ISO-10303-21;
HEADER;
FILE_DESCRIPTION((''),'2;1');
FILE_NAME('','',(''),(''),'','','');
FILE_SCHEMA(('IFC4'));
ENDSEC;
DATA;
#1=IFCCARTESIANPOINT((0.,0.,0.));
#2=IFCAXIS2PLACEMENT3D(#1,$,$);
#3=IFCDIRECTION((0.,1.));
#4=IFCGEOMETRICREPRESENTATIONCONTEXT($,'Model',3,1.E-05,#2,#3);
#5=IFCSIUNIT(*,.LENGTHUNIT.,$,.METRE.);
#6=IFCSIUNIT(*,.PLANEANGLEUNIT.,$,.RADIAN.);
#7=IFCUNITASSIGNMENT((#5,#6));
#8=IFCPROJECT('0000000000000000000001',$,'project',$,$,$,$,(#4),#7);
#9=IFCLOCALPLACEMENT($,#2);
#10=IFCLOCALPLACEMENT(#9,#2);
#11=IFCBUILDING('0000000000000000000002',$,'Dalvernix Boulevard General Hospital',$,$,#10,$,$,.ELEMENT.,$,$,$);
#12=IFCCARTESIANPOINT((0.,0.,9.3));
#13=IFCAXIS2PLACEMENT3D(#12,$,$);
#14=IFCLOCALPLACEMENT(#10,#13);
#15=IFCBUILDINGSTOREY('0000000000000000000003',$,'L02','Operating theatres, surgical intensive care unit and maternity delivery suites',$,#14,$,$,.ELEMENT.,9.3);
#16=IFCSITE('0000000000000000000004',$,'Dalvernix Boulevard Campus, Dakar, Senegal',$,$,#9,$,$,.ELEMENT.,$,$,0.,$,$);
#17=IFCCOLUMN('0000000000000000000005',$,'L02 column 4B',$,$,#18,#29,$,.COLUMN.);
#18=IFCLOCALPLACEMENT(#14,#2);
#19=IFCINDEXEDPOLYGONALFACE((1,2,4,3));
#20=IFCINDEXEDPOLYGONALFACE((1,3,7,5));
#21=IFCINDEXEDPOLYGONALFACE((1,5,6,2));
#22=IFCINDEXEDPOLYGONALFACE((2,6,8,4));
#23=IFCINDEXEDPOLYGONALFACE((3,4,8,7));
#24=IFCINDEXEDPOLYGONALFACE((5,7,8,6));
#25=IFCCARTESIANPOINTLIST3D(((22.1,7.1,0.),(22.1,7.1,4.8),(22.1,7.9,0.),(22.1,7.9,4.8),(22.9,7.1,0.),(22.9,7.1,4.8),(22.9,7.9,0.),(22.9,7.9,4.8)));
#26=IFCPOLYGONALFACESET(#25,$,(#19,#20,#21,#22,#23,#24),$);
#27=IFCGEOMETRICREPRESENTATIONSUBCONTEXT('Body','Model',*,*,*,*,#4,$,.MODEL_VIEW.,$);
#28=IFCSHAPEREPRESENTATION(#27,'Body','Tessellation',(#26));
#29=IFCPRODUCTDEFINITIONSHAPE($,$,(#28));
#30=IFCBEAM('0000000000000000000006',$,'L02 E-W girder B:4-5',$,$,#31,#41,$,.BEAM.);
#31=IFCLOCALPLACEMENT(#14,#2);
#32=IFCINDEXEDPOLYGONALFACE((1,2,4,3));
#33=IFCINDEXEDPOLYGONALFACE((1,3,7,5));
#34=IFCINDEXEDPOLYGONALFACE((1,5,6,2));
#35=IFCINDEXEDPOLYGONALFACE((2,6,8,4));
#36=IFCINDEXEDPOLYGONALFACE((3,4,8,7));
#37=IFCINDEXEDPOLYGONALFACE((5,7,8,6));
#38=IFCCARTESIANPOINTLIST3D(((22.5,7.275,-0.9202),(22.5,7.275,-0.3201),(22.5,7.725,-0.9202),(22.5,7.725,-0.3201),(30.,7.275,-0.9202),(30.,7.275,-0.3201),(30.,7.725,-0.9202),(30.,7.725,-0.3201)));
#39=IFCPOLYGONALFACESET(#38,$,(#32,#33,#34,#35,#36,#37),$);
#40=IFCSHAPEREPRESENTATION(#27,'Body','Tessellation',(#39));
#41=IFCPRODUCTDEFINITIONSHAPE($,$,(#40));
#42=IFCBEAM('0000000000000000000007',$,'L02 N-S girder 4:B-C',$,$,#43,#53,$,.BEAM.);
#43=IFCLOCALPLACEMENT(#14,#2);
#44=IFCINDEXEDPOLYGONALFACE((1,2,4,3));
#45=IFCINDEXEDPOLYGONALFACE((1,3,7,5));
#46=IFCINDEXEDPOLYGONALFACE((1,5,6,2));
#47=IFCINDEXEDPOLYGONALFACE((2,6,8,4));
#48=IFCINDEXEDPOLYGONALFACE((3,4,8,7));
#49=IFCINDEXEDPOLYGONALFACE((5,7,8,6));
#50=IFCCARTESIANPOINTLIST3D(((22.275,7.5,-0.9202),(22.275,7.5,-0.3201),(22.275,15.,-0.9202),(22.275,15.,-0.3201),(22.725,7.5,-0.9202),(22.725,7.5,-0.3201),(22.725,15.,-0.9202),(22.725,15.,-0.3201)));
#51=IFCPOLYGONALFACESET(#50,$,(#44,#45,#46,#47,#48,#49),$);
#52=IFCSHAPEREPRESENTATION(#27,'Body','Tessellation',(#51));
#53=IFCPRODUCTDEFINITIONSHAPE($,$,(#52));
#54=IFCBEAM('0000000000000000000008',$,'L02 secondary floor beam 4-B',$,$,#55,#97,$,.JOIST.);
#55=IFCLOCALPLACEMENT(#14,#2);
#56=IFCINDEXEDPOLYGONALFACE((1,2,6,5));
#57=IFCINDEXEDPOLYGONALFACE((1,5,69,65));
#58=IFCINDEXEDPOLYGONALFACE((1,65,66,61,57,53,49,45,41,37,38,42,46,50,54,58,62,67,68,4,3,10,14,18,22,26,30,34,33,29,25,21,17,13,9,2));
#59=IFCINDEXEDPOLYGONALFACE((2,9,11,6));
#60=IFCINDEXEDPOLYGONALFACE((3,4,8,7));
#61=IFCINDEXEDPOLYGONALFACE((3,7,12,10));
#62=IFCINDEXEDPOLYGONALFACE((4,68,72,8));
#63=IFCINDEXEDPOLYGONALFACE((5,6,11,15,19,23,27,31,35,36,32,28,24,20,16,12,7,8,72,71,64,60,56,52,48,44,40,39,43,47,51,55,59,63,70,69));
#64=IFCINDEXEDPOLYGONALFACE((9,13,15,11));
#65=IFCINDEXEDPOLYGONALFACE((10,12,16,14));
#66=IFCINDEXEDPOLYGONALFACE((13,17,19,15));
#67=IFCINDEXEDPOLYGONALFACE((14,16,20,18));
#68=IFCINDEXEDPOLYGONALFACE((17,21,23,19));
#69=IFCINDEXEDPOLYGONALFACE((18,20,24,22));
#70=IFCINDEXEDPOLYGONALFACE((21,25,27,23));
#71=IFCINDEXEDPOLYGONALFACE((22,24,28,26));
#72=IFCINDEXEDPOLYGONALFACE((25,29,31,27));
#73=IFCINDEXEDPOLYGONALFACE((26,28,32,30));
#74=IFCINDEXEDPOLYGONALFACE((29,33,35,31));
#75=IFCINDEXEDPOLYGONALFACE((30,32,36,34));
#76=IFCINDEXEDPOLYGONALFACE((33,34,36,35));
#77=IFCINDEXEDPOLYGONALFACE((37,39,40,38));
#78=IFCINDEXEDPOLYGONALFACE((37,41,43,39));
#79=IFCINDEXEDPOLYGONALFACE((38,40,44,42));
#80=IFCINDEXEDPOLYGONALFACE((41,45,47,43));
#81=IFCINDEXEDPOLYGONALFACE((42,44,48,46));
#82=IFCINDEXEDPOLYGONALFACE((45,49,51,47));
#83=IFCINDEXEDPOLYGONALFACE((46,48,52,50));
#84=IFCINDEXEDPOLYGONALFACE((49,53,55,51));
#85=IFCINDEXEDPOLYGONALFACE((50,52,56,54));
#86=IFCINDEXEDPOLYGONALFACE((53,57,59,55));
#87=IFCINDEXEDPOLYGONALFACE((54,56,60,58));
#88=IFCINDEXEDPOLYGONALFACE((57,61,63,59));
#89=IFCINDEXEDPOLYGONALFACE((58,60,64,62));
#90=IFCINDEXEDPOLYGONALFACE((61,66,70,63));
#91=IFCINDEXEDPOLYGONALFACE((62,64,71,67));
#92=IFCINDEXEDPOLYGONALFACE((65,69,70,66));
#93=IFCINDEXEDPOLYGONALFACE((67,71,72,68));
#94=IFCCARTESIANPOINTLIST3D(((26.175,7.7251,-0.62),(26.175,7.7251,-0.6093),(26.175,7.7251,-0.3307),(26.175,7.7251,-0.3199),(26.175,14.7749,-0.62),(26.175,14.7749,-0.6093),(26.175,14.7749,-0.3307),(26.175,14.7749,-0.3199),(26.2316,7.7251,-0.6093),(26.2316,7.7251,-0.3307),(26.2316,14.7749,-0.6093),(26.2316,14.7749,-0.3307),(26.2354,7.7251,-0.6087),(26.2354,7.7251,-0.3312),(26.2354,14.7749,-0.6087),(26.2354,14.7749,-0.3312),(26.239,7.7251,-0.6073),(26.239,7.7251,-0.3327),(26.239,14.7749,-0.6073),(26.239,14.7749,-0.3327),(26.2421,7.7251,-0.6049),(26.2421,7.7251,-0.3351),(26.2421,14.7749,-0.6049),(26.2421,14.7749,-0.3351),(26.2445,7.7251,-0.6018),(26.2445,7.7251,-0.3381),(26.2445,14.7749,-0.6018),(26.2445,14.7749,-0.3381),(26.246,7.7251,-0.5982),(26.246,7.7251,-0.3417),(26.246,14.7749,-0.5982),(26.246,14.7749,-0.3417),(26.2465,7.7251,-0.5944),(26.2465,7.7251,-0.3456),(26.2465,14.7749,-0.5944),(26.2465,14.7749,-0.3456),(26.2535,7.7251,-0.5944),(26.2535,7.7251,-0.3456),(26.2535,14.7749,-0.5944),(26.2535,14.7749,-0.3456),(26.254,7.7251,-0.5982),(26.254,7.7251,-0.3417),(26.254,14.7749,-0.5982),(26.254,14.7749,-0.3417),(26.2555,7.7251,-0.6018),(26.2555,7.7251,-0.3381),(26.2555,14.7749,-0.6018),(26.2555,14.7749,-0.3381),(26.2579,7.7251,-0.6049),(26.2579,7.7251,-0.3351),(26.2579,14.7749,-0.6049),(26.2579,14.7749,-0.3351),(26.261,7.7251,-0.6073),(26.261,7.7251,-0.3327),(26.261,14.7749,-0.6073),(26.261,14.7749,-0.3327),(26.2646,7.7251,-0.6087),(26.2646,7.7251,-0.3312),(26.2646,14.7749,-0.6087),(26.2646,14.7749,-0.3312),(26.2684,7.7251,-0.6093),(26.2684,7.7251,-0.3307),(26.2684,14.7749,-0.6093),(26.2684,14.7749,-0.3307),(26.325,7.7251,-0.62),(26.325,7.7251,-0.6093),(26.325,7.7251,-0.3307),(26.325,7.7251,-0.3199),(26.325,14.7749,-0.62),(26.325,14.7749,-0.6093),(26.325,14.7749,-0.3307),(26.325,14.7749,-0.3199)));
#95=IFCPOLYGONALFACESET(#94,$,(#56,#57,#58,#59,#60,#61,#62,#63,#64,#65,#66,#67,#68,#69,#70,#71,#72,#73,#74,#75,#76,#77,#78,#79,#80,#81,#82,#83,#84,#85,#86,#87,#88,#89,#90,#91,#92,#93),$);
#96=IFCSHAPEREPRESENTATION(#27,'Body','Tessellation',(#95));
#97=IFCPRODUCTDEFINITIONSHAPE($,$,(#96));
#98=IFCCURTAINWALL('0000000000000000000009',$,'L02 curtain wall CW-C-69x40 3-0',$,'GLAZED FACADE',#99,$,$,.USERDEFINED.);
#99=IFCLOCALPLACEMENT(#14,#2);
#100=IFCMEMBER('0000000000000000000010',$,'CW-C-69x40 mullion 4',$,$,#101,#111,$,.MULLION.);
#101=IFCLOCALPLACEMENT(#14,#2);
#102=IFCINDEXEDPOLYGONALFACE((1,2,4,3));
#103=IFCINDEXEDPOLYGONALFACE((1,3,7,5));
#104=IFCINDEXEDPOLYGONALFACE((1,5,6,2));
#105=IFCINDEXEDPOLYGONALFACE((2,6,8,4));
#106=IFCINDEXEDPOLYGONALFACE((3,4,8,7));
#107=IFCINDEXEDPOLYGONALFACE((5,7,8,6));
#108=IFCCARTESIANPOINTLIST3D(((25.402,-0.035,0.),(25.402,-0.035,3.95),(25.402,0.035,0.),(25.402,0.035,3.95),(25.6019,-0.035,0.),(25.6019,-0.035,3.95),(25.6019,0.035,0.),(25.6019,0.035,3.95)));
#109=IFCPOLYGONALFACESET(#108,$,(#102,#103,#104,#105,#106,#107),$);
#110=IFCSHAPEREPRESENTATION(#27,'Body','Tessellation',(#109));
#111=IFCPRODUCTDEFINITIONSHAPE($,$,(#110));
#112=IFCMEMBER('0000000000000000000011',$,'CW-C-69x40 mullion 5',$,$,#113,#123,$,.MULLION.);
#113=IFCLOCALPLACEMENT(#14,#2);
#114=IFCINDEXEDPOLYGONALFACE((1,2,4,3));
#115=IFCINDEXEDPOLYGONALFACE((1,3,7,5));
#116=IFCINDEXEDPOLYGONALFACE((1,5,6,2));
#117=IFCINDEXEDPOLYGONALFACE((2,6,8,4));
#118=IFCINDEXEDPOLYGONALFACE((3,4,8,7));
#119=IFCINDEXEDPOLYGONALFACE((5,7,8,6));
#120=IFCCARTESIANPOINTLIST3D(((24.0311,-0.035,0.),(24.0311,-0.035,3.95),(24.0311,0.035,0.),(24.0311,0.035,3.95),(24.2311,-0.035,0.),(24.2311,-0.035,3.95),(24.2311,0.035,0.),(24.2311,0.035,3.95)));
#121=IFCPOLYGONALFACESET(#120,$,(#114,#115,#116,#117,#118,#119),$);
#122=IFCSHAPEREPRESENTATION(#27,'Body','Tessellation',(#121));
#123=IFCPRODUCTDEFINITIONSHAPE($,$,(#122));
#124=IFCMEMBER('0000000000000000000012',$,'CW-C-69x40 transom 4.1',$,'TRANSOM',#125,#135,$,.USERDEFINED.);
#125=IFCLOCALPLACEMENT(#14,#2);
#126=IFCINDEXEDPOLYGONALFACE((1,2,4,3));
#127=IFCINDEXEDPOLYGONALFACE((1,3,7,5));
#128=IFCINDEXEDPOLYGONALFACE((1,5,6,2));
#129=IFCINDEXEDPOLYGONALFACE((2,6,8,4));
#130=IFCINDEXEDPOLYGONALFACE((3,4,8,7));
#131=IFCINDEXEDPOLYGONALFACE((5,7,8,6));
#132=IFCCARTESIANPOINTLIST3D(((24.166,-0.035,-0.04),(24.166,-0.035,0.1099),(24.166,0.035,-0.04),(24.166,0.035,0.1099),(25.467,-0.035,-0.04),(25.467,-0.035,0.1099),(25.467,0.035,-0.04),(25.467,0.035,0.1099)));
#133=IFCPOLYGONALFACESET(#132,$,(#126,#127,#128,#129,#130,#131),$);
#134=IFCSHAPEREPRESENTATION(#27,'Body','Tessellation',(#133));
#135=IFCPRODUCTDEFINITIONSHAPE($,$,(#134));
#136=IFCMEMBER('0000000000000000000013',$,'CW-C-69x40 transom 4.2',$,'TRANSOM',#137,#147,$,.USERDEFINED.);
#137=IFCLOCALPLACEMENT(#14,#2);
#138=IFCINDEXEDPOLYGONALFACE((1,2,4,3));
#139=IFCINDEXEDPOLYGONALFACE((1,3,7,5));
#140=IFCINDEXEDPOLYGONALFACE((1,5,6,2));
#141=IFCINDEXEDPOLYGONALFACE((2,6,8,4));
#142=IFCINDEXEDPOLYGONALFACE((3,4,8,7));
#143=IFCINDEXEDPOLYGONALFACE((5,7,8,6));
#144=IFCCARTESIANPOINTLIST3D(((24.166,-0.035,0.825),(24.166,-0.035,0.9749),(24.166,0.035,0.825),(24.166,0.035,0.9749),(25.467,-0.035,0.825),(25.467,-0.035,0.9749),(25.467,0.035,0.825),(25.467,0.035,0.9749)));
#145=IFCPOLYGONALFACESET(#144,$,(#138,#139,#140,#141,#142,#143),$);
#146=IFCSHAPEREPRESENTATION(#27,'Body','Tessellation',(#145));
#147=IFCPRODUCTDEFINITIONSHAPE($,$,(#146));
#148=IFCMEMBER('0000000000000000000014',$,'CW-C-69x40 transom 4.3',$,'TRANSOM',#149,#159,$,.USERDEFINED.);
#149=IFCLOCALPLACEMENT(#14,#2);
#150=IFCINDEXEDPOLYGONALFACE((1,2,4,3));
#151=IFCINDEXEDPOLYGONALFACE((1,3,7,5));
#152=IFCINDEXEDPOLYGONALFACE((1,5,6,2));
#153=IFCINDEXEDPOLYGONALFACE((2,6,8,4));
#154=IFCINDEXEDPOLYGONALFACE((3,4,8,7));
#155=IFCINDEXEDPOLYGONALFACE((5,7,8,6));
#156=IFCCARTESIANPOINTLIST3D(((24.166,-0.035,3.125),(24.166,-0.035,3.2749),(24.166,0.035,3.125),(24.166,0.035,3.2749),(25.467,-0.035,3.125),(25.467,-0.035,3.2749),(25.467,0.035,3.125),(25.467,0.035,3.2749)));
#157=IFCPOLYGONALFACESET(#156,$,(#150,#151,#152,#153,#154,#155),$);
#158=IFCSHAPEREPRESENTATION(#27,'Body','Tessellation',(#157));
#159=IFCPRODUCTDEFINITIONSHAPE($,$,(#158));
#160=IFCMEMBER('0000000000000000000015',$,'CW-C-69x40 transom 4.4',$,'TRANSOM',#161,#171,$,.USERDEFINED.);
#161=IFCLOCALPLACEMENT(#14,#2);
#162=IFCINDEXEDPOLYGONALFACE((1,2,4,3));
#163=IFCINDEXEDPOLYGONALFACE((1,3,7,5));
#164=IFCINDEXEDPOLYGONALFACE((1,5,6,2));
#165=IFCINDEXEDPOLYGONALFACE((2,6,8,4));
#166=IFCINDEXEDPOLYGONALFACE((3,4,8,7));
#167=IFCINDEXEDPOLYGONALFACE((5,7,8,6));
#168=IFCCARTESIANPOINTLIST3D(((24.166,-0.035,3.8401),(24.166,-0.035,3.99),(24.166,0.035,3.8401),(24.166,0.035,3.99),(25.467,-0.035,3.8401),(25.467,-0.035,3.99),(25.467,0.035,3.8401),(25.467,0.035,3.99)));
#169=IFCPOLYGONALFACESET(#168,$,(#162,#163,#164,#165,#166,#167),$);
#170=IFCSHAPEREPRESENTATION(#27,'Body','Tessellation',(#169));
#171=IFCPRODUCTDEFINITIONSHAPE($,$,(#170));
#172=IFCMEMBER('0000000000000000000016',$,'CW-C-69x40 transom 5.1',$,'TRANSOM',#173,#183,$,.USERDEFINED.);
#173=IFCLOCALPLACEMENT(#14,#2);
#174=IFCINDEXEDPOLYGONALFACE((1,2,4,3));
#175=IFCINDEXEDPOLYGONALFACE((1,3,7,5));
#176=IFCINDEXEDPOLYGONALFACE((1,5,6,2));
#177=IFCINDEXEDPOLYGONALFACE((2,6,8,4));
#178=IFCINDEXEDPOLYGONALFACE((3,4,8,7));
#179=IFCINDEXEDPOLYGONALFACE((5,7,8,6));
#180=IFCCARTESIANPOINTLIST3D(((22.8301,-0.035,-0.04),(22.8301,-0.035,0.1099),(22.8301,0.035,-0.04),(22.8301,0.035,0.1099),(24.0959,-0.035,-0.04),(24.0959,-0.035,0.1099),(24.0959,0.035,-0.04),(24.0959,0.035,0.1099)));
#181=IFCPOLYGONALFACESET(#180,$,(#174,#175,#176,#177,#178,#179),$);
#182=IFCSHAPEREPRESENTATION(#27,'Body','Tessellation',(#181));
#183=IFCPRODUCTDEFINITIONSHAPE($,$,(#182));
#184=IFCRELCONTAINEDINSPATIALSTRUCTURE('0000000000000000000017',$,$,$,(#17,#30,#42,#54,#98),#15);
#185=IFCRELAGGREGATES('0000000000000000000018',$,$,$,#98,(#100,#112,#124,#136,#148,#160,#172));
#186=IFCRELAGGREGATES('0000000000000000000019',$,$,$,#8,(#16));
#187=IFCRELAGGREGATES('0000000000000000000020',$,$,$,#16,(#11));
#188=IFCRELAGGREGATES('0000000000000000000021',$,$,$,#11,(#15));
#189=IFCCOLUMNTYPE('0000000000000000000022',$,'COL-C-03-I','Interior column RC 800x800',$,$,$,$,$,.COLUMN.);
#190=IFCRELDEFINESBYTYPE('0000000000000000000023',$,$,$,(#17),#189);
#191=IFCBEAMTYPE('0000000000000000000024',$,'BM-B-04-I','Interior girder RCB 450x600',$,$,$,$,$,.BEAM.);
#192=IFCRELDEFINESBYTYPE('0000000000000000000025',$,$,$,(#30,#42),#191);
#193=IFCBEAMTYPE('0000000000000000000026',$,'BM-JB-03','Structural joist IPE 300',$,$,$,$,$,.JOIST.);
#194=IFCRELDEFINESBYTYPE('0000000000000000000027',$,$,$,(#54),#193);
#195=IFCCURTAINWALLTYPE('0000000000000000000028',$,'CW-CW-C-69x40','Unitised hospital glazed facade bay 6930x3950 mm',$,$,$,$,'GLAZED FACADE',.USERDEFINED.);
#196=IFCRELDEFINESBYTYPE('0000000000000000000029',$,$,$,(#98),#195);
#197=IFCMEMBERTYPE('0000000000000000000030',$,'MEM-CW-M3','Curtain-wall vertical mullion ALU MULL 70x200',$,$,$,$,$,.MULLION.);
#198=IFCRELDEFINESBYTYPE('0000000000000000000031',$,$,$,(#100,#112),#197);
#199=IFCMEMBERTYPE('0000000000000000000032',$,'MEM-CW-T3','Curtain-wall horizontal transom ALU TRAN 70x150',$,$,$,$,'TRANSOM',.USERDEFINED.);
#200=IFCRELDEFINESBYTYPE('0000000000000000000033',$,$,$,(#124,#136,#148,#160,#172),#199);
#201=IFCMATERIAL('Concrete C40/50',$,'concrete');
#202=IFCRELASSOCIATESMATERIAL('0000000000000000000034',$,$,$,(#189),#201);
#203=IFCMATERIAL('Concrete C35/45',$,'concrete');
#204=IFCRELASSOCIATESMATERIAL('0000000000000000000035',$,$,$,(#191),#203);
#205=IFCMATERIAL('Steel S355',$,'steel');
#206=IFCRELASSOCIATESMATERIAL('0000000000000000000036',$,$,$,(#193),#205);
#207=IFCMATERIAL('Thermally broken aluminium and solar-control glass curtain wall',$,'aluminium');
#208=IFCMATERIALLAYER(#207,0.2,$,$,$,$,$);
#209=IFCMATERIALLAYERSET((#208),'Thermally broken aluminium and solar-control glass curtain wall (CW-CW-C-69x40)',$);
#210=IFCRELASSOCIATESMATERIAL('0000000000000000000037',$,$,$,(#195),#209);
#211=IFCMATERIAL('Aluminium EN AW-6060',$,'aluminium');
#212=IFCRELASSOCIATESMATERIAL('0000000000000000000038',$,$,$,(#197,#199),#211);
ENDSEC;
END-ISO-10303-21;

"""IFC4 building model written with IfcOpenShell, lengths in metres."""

from ifc_helpers import new_model, si_unit, direction, frame, origin, origin_2d, place, context, subcontext, project, spatial, rectangle, i_section, extrude, material, layer, layer_set, material_profile, profile_set, type_object, element, aggregate, save


model = new_model("IFC4")

# Units and contexts
model_context = context("Model", 3, precision=1e-05, world=origin(), true_north=direction((0.0, 1.0)))
body_context = subcontext(model_context, "Body", "Model", "MODEL_VIEW")
ifc_project = project(units=[si_unit("LENGTHUNIT", "METRE"), si_unit("PLANEANGLEUNIT", "RADIAN")], contexts=[model_context])

# Site, building, storey
site_placement = place(None, origin())
site = spatial("IfcSite", under=ifc_project, at=site_placement, Name="Dalvernix Boulevard Campus, Dakar, Senegal", CompositionType="ELEMENT", RefElevation=0.0)
building_placement = place(site_placement, origin())
building = spatial("IfcBuilding", under=site, at=building_placement, Name="Dalvernix Boulevard General Hospital", CompositionType="ELEMENT")
storey_placement = place(building_placement, frame((0.0, 0.0, 9.3)))
storey = spatial("IfcBuildingStorey", under=building, at=storey_placement, Name="L02", Description="Operating theatres, surgical intensive care unit and maternity delivery suites", CompositionType="ELEMENT", Elevation=9.3)

# Column
ifc_material_1 = material(Name="Concrete C40/50", Category="concrete")
ifc_material_profile_1 = material_profile(ifc_material_1, rectangle(XDim=0.8, YDim=0.8, at=origin_2d()), Name="RC 800x800")
ifc_profile_set_1 = profile_set([ifc_material_profile_1], Name="Concrete C40/50")
column_type = type_object("IfcColumnType", Name="COL-C-03-I", Description="Interior column RC 800x800", PredefinedType="COLUMN", material=ifc_profile_set_1)
column_placement = place(storey_placement, frame((22.5, 7.5, 0.0), z_axis=(0.0, 0.0, 1.0), x_axis=(1.0, 0.0, 0.0)))
element("IfcColumn", 1, at=column_placement, inside=storey, type_object=column_type, Name="L02 column 4B", PredefinedType="COLUMN", context=body_context, shape_type="SweptSolid", body=[
    extrude(rectangle(XDim=0.8, YDim=0.8, at=origin_2d()), origin(), (0.0, 0.0, 1.0), 4.8),
])

# Beams
ifc_material_2 = material(Name="Concrete C35/45", Category="concrete")
ifc_material_profile_2 = material_profile(ifc_material_2, rectangle(XDim=0.45, YDim=0.6001, at=origin_2d()), Name="RCB 450x600")
ifc_profile_set_2 = profile_set([ifc_material_profile_2], Name="Concrete C35/45")
beam_type_1 = type_object("IfcBeamType", Name="BM-B-04-I", Description="Interior girder RCB 450x600", PredefinedType="BEAM", material=ifc_profile_set_2)
for number, where, z_axis, x_axis, name in (
    (2, (22.5, 7.5, -0.6201), (1.0, 0.0, 0.0), (0.0, 1.0, 0.0), "L02 E-W girder B:4-5"),
    (3, (22.5, 7.5, -0.6201), (0.0, 1.0, 0.0), (-1.0, 0.0, 0.0), "L02 N-S girder 4:B-C"),
):
    element("IfcBeam", number, at=place(storey_placement, frame(where, z_axis=z_axis, x_axis=x_axis)), inside=storey, type_object=beam_type_1, Name=name, PredefinedType="BEAM", context=body_context, shape_type="SweptSolid", body=[
        extrude(rectangle(XDim=0.45, YDim=0.6001, at=origin_2d()), origin(), (0.0, 0.0, 1.0), 7.5),
    ])
ifc_material_3 = material(Name="Steel S355", Category="steel")
ifc_material_profile_3 = material_profile(ifc_material_3, i_section(OverallWidth=0.1499, OverallDepth=0.3, WebThickness=0.0071, FlangeThickness=0.0107, FilletRadius=0.0149, at=origin_2d()), Name="IPE 300")
ifc_profile_set_3 = profile_set([ifc_material_profile_3], Name="Steel S355")
beam_type_2 = type_object("IfcBeamType", Name="BM-JB-03", Description="Structural joist IPE 300", PredefinedType="JOIST", material=ifc_profile_set_3)
beam_placement = place(storey_placement, frame((26.25, 7.7251, -0.47), z_axis=(0.0, 1.0, 0.0), x_axis=(-1.0, 0.0, 0.0)))
element("IfcBeam", 4, at=beam_placement, inside=storey, type_object=beam_type_2, Name="L02 secondary floor beam 4-B", PredefinedType="JOIST", context=body_context, shape_type="SweptSolid", body=[
    extrude(i_section(OverallWidth=0.1499, OverallDepth=0.3, WebThickness=0.0071, FlangeThickness=0.0107, FilletRadius=0.0149, at=origin_2d()), origin(), (0.0, 0.0, 1.0), 7.0498),
])

# Curtain wall, members
ifc_material_4 = material(Name="Thermally broken aluminium and solar-control glass curtain wall", Category="aluminium")
ifc_layer_1 = layer(ifc_material_4, 0.2)
ifc_layer_set_1 = layer_set([ifc_layer_1], Name="Thermally broken aluminium and solar-control glass curtain wall (CW-CW-C-69x40)")
curtain_wall_type = type_object("IfcCurtainWallType", Name="CW-CW-C-69x40", Description="Unitised hospital glazed facade bay 6930x3950 mm", ElementType="GLAZED FACADE", PredefinedType="USERDEFINED", material=ifc_layer_set_1)
curtain_wall_placement = place(storey_placement, origin())
curtain_wall = element("IfcCurtainWall", 5, at=curtain_wall_placement, inside=storey, type_object=curtain_wall_type, Name="L02 curtain wall CW-C-69x40 3-0", ObjectType="GLAZED FACADE", PredefinedType="USERDEFINED")
ifc_material_5 = material(Name="Aluminium EN AW-6060", Category="aluminium")
ifc_material_profile_4 = material_profile(ifc_material_5, rectangle(XDim=0.0701, YDim=0.2, at=origin_2d()), Name="ALU MULL 70x200")
ifc_profile_set_4 = profile_set([ifc_material_profile_4], Name="Aluminium EN AW-6060")
member_type_1 = type_object("IfcMemberType", Name="MEM-CW-M3", Description="Curtain-wall vertical mullion ALU MULL 70x200", PredefinedType="MULLION", material=ifc_profile_set_4)
member_1_placement = place(storey_placement, frame((25.502, 0.0, 0.0), z_axis=(0.0, 0.0, 1.0), x_axis=(0.0, -1.0, 0.0)))
member_1 = element("IfcMember", 6, at=member_1_placement, type_object=member_type_1, Name="CW-C-69x40 mullion 4", PredefinedType="MULLION", context=body_context, shape_type="SweptSolid", body=[
    extrude(rectangle(XDim=0.0701, YDim=0.2, at=origin_2d()), origin(), (0.0, 0.0, 1.0), 3.95),
])
member_2_placement = place(storey_placement, frame((24.1311, 0.0, 0.0), z_axis=(0.0, 0.0, 1.0), x_axis=(0.0, -1.0, 0.0)))
member_2 = element("IfcMember", 7, at=member_2_placement, type_object=member_type_1, Name="CW-C-69x40 mullion 5", PredefinedType="MULLION", context=body_context, shape_type="SweptSolid", body=[
    extrude(rectangle(XDim=0.0701, YDim=0.2, at=origin_2d()), origin(), (0.0, 0.0, 1.0), 3.95),
])
ifc_material_profile_5 = material_profile(ifc_material_5, rectangle(XDim=0.0701, YDim=0.1499, at=origin_2d()), Name="ALU TRAN 70x150")
ifc_profile_set_5 = profile_set([ifc_material_profile_5], Name="Aluminium EN AW-6060")
member_type_2 = type_object("IfcMemberType", Name="MEM-CW-T3", Description="Curtain-wall horizontal transom ALU TRAN 70x150", ElementType="TRANSOM", PredefinedType="USERDEFINED", material=ifc_profile_set_5)
member_3_placement = place(storey_placement, frame((25.467, 0.0, 0.0349), z_axis=(-1.0, 0.0, 0.0), x_axis=(0.0, -1.0, 0.0)))
member_3 = element("IfcMember", 8, at=member_3_placement, type_object=member_type_2, Name="CW-C-69x40 transom 4.1", ObjectType="TRANSOM", PredefinedType="USERDEFINED", context=body_context, shape_type="SweptSolid", body=[
    extrude(rectangle(XDim=0.0701, YDim=0.1499, at=origin_2d()), origin(), (0.0, 0.0, 1.0), 1.301),
])
member_4_placement = place(storey_placement, frame((25.467, 0.0, 0.8999), z_axis=(-1.0, 0.0, 0.0), x_axis=(0.0, -1.0, 0.0)))
member_4 = element("IfcMember", 9, at=member_4_placement, type_object=member_type_2, Name="CW-C-69x40 transom 4.2", ObjectType="TRANSOM", PredefinedType="USERDEFINED", context=body_context, shape_type="SweptSolid", body=[
    extrude(rectangle(XDim=0.0701, YDim=0.1499, at=origin_2d()), origin(), (0.0, 0.0, 1.0), 1.301),
])
member_5_placement = place(storey_placement, frame((25.467, 0.0, 3.2), z_axis=(-1.0, 0.0, 0.0), x_axis=(0.0, -1.0, 0.0)))
member_5 = element("IfcMember", 10, at=member_5_placement, type_object=member_type_2, Name="CW-C-69x40 transom 4.3", ObjectType="TRANSOM", PredefinedType="USERDEFINED", context=body_context, shape_type="SweptSolid", body=[
    extrude(rectangle(XDim=0.0701, YDim=0.1499, at=origin_2d()), origin(), (0.0, 0.0, 1.0), 1.301),
])
member_6_placement = place(storey_placement, frame((25.467, 0.0, 3.915), z_axis=(-1.0, 0.0, 0.0), x_axis=(0.0, -1.0, 0.0)))
member_6 = element("IfcMember", 11, at=member_6_placement, type_object=member_type_2, Name="CW-C-69x40 transom 4.4", ObjectType="TRANSOM", PredefinedType="USERDEFINED", context=body_context, shape_type="SweptSolid", body=[
    extrude(rectangle(XDim=0.0701, YDim=0.1499, at=origin_2d()), origin(), (0.0, 0.0, 1.0), 1.301),
])
member_7_placement = place(storey_placement, frame((24.0959, 0.0, 0.0349), z_axis=(-1.0, 0.0, 0.0), x_axis=(0.0, -1.0, 0.0)))
member_7 = element("IfcMember", 12, at=member_7_placement, type_object=member_type_2, Name="CW-C-69x40 transom 5.1", ObjectType="TRANSOM", PredefinedType="USERDEFINED", context=body_context, shape_type="SweptSolid", body=[
    extrude(rectangle(XDim=0.0701, YDim=0.1499, at=origin_2d()), origin(), (0.0, 0.0, 1.0), 1.2659),
])
aggregate(curtain_wall, [member_1, member_2, member_3, member_4, member_5, member_6, member_7])

save(model, "model.ifc")
